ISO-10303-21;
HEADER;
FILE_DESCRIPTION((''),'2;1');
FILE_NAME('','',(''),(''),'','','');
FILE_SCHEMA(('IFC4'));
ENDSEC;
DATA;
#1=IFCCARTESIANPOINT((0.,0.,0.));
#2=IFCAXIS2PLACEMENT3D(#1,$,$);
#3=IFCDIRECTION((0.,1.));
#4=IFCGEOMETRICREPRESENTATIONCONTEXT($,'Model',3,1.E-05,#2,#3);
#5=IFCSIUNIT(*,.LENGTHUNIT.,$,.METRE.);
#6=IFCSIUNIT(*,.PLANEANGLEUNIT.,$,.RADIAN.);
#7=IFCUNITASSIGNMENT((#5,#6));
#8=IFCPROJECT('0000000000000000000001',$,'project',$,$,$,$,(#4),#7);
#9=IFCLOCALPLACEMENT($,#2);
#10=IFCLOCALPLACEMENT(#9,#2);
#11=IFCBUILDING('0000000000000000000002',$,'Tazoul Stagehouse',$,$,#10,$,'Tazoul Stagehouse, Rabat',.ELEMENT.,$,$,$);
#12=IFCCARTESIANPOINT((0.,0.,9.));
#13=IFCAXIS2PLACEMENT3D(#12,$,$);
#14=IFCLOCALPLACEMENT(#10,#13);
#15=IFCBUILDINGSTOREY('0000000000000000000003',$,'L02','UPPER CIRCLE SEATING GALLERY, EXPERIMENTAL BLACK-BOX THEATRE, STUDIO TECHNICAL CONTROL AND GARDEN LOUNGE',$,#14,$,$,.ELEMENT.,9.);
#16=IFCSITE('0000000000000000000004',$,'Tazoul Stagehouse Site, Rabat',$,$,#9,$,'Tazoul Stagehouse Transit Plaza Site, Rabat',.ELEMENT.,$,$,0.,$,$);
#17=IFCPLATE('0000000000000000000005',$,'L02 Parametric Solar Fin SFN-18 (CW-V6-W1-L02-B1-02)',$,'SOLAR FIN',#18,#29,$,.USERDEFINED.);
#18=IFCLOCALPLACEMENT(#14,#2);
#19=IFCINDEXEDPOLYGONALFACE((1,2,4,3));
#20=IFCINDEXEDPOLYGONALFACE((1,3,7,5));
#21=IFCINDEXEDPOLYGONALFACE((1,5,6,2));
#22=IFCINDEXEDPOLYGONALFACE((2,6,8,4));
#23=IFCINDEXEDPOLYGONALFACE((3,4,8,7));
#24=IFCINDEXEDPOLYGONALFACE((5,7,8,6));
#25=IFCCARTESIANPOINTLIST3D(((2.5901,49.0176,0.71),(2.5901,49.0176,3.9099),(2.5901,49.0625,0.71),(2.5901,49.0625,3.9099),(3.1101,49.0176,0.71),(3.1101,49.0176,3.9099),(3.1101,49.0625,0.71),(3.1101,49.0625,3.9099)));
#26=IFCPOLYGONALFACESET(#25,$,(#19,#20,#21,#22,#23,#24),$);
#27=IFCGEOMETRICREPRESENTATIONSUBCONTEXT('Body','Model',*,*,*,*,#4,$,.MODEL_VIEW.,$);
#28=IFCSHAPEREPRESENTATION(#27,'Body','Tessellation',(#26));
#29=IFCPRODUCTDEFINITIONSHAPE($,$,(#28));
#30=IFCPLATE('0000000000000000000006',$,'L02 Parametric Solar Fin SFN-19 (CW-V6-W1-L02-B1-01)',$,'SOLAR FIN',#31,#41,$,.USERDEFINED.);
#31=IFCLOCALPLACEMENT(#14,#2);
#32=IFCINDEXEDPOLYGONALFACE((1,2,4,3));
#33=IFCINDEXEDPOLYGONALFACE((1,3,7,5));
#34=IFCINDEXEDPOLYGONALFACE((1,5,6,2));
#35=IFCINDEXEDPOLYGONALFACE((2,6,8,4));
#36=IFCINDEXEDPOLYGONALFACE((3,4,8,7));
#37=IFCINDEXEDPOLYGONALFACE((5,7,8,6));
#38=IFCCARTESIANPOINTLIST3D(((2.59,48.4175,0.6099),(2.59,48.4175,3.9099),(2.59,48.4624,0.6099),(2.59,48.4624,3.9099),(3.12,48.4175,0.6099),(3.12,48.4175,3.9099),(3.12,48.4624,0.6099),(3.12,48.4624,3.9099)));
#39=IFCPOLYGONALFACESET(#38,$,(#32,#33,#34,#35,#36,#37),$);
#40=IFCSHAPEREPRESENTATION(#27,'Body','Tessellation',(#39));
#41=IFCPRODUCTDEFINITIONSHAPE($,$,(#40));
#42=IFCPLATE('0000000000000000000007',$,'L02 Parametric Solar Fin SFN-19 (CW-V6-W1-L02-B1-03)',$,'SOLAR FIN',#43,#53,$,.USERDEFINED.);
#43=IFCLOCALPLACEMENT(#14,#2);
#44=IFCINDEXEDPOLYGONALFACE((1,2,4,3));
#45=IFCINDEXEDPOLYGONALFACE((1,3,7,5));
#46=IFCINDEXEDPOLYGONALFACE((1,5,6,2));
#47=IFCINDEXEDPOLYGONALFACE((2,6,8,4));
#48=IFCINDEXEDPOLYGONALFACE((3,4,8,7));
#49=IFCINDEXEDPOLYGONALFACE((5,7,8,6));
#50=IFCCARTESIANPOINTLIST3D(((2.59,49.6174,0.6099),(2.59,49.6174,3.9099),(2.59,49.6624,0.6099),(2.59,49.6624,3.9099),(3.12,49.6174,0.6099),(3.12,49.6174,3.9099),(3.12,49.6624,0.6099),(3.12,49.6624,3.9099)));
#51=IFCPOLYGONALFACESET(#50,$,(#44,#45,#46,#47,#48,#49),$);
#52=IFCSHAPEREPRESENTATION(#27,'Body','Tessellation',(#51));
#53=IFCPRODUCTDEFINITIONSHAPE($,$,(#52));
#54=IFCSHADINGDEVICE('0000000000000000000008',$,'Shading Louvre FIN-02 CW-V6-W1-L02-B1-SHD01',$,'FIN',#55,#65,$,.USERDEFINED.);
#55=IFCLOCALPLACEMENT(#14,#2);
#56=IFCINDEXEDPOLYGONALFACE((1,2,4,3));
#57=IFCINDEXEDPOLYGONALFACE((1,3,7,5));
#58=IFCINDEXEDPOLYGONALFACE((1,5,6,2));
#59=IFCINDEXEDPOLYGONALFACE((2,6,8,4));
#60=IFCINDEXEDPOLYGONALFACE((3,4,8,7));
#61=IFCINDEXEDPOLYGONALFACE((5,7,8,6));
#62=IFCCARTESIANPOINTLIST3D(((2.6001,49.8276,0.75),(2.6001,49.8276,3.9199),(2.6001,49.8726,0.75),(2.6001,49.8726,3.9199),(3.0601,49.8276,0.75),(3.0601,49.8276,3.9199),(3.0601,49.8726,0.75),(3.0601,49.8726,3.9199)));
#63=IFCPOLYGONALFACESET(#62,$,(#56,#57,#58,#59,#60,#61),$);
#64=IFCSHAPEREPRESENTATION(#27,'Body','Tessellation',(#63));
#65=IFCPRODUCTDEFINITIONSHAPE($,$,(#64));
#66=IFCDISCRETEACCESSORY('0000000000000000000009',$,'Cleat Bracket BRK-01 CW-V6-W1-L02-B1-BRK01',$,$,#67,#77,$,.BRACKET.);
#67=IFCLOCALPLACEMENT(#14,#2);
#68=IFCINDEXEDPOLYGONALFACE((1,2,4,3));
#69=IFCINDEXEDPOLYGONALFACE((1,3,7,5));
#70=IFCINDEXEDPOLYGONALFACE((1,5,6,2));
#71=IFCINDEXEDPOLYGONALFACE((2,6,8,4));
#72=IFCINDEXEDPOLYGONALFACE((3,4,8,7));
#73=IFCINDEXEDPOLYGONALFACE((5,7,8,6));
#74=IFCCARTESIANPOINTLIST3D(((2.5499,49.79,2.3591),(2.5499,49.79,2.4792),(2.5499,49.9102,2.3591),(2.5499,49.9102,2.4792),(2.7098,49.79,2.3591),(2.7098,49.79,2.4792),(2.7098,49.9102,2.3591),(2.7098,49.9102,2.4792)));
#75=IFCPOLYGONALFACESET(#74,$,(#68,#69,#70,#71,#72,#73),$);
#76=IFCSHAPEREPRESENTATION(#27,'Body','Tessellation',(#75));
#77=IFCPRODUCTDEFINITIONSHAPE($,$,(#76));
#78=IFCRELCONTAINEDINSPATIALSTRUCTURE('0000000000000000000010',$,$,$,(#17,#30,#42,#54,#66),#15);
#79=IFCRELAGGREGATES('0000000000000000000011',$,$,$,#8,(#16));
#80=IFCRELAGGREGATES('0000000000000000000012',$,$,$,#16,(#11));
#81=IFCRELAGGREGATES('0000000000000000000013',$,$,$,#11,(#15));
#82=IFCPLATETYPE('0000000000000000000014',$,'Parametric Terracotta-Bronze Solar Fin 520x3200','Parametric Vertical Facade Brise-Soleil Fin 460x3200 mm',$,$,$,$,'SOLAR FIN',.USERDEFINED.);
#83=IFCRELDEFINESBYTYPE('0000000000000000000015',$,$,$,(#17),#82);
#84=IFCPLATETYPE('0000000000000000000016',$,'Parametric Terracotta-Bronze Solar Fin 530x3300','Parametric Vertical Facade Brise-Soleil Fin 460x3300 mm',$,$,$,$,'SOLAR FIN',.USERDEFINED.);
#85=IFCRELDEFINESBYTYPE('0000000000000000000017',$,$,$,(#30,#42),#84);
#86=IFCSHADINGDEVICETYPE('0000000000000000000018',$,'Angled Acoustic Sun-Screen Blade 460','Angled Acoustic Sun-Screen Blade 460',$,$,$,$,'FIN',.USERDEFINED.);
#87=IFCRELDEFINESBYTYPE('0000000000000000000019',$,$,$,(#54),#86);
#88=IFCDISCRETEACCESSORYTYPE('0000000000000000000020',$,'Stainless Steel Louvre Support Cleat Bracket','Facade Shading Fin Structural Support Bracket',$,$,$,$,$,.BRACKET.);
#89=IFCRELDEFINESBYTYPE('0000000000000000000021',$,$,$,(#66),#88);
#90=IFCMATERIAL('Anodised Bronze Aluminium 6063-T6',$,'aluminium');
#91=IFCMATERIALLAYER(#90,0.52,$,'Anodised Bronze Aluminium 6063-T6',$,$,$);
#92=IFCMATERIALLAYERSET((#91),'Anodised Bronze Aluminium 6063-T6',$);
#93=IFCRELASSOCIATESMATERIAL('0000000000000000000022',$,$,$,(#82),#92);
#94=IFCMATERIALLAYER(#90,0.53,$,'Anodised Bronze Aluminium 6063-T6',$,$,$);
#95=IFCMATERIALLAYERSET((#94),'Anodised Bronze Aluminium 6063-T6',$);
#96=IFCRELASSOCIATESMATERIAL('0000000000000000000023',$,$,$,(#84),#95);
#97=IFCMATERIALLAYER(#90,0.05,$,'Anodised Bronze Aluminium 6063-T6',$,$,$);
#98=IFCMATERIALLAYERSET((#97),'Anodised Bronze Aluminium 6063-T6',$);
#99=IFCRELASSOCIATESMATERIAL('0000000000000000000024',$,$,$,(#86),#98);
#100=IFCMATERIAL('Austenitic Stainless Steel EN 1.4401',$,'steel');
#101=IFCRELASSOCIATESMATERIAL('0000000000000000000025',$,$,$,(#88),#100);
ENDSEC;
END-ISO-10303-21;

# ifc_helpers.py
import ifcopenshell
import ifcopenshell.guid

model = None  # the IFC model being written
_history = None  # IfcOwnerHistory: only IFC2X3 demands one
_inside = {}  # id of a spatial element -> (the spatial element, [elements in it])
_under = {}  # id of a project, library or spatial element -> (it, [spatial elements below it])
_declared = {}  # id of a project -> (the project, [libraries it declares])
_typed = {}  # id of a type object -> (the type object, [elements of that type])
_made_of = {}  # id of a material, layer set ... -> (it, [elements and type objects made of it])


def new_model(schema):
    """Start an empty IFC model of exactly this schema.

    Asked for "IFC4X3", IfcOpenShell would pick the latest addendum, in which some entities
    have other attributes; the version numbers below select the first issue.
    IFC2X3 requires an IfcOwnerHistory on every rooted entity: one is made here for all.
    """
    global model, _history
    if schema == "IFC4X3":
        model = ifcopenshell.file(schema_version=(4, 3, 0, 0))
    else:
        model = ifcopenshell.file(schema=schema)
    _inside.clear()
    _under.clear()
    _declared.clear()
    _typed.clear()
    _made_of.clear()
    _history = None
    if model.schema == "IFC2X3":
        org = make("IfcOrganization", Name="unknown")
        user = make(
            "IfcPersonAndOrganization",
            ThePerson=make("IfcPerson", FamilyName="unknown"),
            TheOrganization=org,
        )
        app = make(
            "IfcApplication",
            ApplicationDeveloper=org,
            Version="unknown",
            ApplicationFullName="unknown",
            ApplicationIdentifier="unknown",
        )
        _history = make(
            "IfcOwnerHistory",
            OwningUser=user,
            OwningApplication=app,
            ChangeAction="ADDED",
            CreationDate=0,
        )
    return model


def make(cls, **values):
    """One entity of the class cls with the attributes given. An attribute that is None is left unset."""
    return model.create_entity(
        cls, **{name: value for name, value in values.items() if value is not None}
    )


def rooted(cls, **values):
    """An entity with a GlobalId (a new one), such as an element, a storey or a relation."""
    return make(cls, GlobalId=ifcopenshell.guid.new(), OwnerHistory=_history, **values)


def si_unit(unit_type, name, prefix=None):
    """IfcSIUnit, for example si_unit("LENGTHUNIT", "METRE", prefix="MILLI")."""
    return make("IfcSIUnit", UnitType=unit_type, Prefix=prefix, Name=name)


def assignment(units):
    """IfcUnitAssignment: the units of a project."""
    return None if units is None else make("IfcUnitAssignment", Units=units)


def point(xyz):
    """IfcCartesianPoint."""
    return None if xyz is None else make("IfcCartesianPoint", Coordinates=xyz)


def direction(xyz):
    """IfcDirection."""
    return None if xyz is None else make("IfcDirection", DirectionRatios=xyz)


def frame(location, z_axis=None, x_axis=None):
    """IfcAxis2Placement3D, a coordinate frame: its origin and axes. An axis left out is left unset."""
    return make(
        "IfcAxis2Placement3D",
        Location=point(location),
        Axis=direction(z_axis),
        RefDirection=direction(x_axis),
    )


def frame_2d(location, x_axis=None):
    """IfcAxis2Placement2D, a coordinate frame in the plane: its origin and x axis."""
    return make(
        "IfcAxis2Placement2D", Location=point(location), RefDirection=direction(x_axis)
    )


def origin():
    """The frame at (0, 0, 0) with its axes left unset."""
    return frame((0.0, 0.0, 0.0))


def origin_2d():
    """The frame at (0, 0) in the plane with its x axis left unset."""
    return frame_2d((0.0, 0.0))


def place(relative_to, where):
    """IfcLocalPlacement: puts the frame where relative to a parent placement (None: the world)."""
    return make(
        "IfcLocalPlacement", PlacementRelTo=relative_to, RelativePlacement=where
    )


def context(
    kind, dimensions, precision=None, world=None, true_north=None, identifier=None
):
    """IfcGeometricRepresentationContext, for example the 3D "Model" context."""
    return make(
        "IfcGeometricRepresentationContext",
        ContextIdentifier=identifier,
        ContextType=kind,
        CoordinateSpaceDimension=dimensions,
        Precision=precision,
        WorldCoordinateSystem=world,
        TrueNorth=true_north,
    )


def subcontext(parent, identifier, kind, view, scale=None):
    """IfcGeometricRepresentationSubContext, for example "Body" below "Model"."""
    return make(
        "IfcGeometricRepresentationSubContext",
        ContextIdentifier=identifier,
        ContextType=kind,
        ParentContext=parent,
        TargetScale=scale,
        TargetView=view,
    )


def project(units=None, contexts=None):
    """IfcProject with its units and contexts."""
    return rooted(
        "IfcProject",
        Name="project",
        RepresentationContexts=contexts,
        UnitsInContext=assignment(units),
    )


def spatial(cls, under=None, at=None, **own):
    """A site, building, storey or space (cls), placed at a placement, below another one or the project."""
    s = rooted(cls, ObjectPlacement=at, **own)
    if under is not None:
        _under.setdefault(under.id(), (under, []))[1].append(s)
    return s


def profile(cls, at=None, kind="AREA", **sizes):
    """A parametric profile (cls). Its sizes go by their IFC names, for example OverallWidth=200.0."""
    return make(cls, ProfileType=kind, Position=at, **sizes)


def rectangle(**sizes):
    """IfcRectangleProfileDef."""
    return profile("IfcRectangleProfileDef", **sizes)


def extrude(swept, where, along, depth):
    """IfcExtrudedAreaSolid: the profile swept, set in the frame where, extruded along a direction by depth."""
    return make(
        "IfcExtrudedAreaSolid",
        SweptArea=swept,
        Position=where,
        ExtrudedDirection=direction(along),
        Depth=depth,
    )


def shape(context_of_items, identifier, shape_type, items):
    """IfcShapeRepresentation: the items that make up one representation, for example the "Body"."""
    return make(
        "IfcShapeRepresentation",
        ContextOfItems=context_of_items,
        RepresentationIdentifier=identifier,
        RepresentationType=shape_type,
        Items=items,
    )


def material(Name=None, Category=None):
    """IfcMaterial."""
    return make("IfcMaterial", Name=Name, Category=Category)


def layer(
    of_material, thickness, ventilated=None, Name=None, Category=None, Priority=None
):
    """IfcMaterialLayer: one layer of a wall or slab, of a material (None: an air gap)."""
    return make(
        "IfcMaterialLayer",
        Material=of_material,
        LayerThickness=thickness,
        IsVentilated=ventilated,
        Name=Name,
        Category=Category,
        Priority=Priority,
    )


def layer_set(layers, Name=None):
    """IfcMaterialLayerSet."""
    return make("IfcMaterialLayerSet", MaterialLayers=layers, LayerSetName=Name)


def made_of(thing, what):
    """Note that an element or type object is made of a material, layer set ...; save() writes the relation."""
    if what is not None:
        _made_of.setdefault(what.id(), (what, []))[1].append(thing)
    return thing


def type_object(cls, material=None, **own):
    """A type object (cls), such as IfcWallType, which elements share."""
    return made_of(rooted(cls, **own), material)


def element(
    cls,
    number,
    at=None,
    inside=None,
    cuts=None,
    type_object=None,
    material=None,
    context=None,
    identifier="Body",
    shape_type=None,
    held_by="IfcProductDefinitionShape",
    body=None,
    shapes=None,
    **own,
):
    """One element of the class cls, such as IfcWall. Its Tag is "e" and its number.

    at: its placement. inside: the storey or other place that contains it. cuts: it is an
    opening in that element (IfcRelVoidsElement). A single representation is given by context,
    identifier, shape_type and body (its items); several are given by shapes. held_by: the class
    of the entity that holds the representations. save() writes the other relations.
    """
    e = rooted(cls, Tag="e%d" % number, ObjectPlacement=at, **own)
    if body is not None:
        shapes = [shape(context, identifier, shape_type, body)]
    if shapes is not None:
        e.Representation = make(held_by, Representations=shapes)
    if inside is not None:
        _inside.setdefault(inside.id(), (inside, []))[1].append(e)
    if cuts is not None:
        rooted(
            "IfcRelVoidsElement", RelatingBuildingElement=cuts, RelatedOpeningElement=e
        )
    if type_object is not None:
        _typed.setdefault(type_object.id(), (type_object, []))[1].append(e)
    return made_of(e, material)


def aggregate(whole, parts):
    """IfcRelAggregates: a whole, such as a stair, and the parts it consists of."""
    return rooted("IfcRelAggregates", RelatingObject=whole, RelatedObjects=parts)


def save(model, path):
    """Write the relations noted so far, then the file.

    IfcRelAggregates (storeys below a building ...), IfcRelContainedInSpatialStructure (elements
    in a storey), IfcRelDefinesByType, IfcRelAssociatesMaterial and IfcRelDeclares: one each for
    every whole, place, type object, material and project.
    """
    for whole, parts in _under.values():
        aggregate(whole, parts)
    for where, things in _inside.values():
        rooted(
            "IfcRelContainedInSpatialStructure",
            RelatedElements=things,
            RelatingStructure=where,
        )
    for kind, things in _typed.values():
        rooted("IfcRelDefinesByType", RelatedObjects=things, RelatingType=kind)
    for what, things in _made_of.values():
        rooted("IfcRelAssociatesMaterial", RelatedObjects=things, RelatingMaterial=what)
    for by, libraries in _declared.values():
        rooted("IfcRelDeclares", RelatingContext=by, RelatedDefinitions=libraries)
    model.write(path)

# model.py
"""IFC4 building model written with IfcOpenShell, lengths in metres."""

from ifc_helpers import new_model, si_unit, direction, frame, origin, origin_2d, place, context, subcontext, project, spatial, rectangle, extrude, material, layer, layer_set, type_object, element, save


model = new_model("IFC4")

# Units and contexts
model_context = context("Model", 3, precision=1e-05, world=origin(), true_north=direction((0.0, 1.0)))
body_context = subcontext(model_context, "Body", "Model", "MODEL_VIEW")
ifc_project = project(units=[si_unit("LENGTHUNIT", "METRE"), si_unit("PLANEANGLEUNIT", "RADIAN")], contexts=[model_context])

# Shared definitions
ifc_material_1 = material(Name="Anodised Bronze Aluminium 6063-T6", Category="aluminium")
site_placement = place(None, origin())
building_placement = place(site_placement, origin())
storey_placement = place(building_placement, frame((0.0, 0.0, 9.0)))

# Site, building, storey
site = spatial("IfcSite", under=ifc_project, at=site_placement, Name="Tazoul Stagehouse Site, Rabat", LongName="Tazoul Stagehouse Transit Plaza Site, Rabat", CompositionType="ELEMENT", RefElevation=0.0)
building = spatial("IfcBuilding", under=site, at=building_placement, Name="Tazoul Stagehouse", LongName="Tazoul Stagehouse, Rabat", CompositionType="ELEMENT")
storey = spatial("IfcBuildingStorey", under=building, at=storey_placement, Name="L02", Description="UPPER CIRCLE SEATING GALLERY, EXPERIMENTAL BLACK-BOX THEATRE, STUDIO TECHNICAL CONTROL AND GARDEN LOUNGE", CompositionType="ELEMENT", Elevation=9.0)

# Plates
ifc_layer_1 = layer(ifc_material_1, 0.52, Name="Anodised Bronze Aluminium 6063-T6")
ifc_layer_set_1 = layer_set([ifc_layer_1], Name="Anodised Bronze Aluminium 6063-T6")
plate_type_1 = type_object("IfcPlateType", Name="Parametric Terracotta-Bronze Solar Fin 520x3200", Description="Parametric Vertical Facade Brise-Soleil Fin 460x3200 mm", ElementType="SOLAR FIN", PredefinedType="USERDEFINED", material=ifc_layer_set_1)
plate_1_placement = place(storey_placement, frame((2.8501, 49.04, 0.71), z_axis=(0.0, 0.0, 1.0), x_axis=(0.0, 1.0, 0.0)))
element("IfcPlate", 1, at=plate_1_placement, inside=storey, type_object=plate_type_1, Name="L02 Parametric Solar Fin SFN-18 (CW-V6-W1-L02-B1-02)", ObjectType="SOLAR FIN", PredefinedType="USERDEFINED", context=body_context, shape_type="SweptSolid", body=[
    extrude(rectangle(XDim=0.0449, YDim=0.52, at=origin_2d()), origin(), (0.0, 0.0, 1.0), 3.2),
])
ifc_layer_2 = layer(ifc_material_1, 0.53, Name="Anodised Bronze Aluminium 6063-T6")
ifc_layer_set_2 = layer_set([ifc_layer_2], Name="Anodised Bronze Aluminium 6063-T6")
plate_type_2 = type_object("IfcPlateType", Name="Parametric Terracotta-Bronze Solar Fin 530x3300", Description="Parametric Vertical Facade Brise-Soleil Fin 460x3300 mm", ElementType="SOLAR FIN", PredefinedType="USERDEFINED", material=ifc_layer_set_2)
for number, where, z_axis, x_axis, name in (
    (2, (2.855, 48.4399, 0.6099), (0.0, 0.0, 1.0), (0.0, 1.0, 0.0), "L02 Parametric Solar Fin SFN-19 (CW-V6-W1-L02-B1-01)"),
    (3, (2.855, 49.6399, 0.6099), (0.0, 0.0, 1.0), (0.0, 1.0, 0.0), "L02 Parametric Solar Fin SFN-19 (CW-V6-W1-L02-B1-03)"),
):
    element("IfcPlate", number, at=place(storey_placement, frame(where, z_axis=z_axis, x_axis=x_axis)), inside=storey, type_object=plate_type_2, Name=name, ObjectType="SOLAR FIN", PredefinedType="USERDEFINED", context=body_context, shape_type="SweptSolid", body=[
        extrude(rectangle(XDim=0.0449, YDim=0.53, at=origin_2d()), origin(), (0.0, 0.0, 1.0), 3.3),
    ])

# Shading device
ifc_layer_3 = layer(ifc_material_1, 0.05, Name="Anodised Bronze Aluminium 6063-T6")
ifc_layer_set_3 = layer_set([ifc_layer_3], Name="Anodised Bronze Aluminium 6063-T6")
shading_device_type = type_object("IfcShadingDeviceType", Name="Angled Acoustic Sun-Screen Blade 460", Description="Angled Acoustic Sun-Screen Blade 460", ElementType="FIN", PredefinedType="USERDEFINED", material=ifc_layer_set_3)
shading_device_placement = place(storey_placement, frame((2.8301, 49.8501, 0.75), z_axis=(0.0, 0.0, 1.0), x_axis=(0.0, 1.0, 0.0)))
element("IfcShadingDevice", 4, at=shading_device_placement, inside=storey, type_object=shading_device_type, Name="Shading Louvre FIN-02 CW-V6-W1-L02-B1-SHD01", ObjectType="FIN", PredefinedType="USERDEFINED", context=body_context, shape_type="SweptSolid", body=[
    extrude(rectangle(XDim=0.0449, YDim=0.46, at=origin_2d()), origin(), (0.0, 0.0, 1.0), 3.1699),
])

# Discrete accessory
ifc_material_2 = material(Name="Austenitic Stainless Steel EN 1.4401", Category="steel")
discrete_accessory_type = type_object("IfcDiscreteAccessoryType", Name="Stainless Steel Louvre Support Cleat Bracket", Description="Facade Shading Fin Structural Support Bracket", PredefinedType="BRACKET", material=ifc_material_2)
discrete_accessory_placement = place(storey_placement, frame((2.6299, 49.8501, 2.3591), z_axis=(0.0, 0.0, 1.0), x_axis=(0.0, 1.0, 0.0)))
element("IfcDiscreteAccessory", 5, at=discrete_accessory_placement, inside=storey, type_object=discrete_accessory_type, Name="Cleat Bracket BRK-01 CW-V6-W1-L02-B1-BRK01", PredefinedType="BRACKET", context=body_context, shape_type="SweptSolid", body=[
    extrude(rectangle(XDim=0.1201, YDim=0.1599, at=origin_2d()), origin(), (0.0, 0.0, 1.0), 0.1201),
])

save(model, "model.ifc")
